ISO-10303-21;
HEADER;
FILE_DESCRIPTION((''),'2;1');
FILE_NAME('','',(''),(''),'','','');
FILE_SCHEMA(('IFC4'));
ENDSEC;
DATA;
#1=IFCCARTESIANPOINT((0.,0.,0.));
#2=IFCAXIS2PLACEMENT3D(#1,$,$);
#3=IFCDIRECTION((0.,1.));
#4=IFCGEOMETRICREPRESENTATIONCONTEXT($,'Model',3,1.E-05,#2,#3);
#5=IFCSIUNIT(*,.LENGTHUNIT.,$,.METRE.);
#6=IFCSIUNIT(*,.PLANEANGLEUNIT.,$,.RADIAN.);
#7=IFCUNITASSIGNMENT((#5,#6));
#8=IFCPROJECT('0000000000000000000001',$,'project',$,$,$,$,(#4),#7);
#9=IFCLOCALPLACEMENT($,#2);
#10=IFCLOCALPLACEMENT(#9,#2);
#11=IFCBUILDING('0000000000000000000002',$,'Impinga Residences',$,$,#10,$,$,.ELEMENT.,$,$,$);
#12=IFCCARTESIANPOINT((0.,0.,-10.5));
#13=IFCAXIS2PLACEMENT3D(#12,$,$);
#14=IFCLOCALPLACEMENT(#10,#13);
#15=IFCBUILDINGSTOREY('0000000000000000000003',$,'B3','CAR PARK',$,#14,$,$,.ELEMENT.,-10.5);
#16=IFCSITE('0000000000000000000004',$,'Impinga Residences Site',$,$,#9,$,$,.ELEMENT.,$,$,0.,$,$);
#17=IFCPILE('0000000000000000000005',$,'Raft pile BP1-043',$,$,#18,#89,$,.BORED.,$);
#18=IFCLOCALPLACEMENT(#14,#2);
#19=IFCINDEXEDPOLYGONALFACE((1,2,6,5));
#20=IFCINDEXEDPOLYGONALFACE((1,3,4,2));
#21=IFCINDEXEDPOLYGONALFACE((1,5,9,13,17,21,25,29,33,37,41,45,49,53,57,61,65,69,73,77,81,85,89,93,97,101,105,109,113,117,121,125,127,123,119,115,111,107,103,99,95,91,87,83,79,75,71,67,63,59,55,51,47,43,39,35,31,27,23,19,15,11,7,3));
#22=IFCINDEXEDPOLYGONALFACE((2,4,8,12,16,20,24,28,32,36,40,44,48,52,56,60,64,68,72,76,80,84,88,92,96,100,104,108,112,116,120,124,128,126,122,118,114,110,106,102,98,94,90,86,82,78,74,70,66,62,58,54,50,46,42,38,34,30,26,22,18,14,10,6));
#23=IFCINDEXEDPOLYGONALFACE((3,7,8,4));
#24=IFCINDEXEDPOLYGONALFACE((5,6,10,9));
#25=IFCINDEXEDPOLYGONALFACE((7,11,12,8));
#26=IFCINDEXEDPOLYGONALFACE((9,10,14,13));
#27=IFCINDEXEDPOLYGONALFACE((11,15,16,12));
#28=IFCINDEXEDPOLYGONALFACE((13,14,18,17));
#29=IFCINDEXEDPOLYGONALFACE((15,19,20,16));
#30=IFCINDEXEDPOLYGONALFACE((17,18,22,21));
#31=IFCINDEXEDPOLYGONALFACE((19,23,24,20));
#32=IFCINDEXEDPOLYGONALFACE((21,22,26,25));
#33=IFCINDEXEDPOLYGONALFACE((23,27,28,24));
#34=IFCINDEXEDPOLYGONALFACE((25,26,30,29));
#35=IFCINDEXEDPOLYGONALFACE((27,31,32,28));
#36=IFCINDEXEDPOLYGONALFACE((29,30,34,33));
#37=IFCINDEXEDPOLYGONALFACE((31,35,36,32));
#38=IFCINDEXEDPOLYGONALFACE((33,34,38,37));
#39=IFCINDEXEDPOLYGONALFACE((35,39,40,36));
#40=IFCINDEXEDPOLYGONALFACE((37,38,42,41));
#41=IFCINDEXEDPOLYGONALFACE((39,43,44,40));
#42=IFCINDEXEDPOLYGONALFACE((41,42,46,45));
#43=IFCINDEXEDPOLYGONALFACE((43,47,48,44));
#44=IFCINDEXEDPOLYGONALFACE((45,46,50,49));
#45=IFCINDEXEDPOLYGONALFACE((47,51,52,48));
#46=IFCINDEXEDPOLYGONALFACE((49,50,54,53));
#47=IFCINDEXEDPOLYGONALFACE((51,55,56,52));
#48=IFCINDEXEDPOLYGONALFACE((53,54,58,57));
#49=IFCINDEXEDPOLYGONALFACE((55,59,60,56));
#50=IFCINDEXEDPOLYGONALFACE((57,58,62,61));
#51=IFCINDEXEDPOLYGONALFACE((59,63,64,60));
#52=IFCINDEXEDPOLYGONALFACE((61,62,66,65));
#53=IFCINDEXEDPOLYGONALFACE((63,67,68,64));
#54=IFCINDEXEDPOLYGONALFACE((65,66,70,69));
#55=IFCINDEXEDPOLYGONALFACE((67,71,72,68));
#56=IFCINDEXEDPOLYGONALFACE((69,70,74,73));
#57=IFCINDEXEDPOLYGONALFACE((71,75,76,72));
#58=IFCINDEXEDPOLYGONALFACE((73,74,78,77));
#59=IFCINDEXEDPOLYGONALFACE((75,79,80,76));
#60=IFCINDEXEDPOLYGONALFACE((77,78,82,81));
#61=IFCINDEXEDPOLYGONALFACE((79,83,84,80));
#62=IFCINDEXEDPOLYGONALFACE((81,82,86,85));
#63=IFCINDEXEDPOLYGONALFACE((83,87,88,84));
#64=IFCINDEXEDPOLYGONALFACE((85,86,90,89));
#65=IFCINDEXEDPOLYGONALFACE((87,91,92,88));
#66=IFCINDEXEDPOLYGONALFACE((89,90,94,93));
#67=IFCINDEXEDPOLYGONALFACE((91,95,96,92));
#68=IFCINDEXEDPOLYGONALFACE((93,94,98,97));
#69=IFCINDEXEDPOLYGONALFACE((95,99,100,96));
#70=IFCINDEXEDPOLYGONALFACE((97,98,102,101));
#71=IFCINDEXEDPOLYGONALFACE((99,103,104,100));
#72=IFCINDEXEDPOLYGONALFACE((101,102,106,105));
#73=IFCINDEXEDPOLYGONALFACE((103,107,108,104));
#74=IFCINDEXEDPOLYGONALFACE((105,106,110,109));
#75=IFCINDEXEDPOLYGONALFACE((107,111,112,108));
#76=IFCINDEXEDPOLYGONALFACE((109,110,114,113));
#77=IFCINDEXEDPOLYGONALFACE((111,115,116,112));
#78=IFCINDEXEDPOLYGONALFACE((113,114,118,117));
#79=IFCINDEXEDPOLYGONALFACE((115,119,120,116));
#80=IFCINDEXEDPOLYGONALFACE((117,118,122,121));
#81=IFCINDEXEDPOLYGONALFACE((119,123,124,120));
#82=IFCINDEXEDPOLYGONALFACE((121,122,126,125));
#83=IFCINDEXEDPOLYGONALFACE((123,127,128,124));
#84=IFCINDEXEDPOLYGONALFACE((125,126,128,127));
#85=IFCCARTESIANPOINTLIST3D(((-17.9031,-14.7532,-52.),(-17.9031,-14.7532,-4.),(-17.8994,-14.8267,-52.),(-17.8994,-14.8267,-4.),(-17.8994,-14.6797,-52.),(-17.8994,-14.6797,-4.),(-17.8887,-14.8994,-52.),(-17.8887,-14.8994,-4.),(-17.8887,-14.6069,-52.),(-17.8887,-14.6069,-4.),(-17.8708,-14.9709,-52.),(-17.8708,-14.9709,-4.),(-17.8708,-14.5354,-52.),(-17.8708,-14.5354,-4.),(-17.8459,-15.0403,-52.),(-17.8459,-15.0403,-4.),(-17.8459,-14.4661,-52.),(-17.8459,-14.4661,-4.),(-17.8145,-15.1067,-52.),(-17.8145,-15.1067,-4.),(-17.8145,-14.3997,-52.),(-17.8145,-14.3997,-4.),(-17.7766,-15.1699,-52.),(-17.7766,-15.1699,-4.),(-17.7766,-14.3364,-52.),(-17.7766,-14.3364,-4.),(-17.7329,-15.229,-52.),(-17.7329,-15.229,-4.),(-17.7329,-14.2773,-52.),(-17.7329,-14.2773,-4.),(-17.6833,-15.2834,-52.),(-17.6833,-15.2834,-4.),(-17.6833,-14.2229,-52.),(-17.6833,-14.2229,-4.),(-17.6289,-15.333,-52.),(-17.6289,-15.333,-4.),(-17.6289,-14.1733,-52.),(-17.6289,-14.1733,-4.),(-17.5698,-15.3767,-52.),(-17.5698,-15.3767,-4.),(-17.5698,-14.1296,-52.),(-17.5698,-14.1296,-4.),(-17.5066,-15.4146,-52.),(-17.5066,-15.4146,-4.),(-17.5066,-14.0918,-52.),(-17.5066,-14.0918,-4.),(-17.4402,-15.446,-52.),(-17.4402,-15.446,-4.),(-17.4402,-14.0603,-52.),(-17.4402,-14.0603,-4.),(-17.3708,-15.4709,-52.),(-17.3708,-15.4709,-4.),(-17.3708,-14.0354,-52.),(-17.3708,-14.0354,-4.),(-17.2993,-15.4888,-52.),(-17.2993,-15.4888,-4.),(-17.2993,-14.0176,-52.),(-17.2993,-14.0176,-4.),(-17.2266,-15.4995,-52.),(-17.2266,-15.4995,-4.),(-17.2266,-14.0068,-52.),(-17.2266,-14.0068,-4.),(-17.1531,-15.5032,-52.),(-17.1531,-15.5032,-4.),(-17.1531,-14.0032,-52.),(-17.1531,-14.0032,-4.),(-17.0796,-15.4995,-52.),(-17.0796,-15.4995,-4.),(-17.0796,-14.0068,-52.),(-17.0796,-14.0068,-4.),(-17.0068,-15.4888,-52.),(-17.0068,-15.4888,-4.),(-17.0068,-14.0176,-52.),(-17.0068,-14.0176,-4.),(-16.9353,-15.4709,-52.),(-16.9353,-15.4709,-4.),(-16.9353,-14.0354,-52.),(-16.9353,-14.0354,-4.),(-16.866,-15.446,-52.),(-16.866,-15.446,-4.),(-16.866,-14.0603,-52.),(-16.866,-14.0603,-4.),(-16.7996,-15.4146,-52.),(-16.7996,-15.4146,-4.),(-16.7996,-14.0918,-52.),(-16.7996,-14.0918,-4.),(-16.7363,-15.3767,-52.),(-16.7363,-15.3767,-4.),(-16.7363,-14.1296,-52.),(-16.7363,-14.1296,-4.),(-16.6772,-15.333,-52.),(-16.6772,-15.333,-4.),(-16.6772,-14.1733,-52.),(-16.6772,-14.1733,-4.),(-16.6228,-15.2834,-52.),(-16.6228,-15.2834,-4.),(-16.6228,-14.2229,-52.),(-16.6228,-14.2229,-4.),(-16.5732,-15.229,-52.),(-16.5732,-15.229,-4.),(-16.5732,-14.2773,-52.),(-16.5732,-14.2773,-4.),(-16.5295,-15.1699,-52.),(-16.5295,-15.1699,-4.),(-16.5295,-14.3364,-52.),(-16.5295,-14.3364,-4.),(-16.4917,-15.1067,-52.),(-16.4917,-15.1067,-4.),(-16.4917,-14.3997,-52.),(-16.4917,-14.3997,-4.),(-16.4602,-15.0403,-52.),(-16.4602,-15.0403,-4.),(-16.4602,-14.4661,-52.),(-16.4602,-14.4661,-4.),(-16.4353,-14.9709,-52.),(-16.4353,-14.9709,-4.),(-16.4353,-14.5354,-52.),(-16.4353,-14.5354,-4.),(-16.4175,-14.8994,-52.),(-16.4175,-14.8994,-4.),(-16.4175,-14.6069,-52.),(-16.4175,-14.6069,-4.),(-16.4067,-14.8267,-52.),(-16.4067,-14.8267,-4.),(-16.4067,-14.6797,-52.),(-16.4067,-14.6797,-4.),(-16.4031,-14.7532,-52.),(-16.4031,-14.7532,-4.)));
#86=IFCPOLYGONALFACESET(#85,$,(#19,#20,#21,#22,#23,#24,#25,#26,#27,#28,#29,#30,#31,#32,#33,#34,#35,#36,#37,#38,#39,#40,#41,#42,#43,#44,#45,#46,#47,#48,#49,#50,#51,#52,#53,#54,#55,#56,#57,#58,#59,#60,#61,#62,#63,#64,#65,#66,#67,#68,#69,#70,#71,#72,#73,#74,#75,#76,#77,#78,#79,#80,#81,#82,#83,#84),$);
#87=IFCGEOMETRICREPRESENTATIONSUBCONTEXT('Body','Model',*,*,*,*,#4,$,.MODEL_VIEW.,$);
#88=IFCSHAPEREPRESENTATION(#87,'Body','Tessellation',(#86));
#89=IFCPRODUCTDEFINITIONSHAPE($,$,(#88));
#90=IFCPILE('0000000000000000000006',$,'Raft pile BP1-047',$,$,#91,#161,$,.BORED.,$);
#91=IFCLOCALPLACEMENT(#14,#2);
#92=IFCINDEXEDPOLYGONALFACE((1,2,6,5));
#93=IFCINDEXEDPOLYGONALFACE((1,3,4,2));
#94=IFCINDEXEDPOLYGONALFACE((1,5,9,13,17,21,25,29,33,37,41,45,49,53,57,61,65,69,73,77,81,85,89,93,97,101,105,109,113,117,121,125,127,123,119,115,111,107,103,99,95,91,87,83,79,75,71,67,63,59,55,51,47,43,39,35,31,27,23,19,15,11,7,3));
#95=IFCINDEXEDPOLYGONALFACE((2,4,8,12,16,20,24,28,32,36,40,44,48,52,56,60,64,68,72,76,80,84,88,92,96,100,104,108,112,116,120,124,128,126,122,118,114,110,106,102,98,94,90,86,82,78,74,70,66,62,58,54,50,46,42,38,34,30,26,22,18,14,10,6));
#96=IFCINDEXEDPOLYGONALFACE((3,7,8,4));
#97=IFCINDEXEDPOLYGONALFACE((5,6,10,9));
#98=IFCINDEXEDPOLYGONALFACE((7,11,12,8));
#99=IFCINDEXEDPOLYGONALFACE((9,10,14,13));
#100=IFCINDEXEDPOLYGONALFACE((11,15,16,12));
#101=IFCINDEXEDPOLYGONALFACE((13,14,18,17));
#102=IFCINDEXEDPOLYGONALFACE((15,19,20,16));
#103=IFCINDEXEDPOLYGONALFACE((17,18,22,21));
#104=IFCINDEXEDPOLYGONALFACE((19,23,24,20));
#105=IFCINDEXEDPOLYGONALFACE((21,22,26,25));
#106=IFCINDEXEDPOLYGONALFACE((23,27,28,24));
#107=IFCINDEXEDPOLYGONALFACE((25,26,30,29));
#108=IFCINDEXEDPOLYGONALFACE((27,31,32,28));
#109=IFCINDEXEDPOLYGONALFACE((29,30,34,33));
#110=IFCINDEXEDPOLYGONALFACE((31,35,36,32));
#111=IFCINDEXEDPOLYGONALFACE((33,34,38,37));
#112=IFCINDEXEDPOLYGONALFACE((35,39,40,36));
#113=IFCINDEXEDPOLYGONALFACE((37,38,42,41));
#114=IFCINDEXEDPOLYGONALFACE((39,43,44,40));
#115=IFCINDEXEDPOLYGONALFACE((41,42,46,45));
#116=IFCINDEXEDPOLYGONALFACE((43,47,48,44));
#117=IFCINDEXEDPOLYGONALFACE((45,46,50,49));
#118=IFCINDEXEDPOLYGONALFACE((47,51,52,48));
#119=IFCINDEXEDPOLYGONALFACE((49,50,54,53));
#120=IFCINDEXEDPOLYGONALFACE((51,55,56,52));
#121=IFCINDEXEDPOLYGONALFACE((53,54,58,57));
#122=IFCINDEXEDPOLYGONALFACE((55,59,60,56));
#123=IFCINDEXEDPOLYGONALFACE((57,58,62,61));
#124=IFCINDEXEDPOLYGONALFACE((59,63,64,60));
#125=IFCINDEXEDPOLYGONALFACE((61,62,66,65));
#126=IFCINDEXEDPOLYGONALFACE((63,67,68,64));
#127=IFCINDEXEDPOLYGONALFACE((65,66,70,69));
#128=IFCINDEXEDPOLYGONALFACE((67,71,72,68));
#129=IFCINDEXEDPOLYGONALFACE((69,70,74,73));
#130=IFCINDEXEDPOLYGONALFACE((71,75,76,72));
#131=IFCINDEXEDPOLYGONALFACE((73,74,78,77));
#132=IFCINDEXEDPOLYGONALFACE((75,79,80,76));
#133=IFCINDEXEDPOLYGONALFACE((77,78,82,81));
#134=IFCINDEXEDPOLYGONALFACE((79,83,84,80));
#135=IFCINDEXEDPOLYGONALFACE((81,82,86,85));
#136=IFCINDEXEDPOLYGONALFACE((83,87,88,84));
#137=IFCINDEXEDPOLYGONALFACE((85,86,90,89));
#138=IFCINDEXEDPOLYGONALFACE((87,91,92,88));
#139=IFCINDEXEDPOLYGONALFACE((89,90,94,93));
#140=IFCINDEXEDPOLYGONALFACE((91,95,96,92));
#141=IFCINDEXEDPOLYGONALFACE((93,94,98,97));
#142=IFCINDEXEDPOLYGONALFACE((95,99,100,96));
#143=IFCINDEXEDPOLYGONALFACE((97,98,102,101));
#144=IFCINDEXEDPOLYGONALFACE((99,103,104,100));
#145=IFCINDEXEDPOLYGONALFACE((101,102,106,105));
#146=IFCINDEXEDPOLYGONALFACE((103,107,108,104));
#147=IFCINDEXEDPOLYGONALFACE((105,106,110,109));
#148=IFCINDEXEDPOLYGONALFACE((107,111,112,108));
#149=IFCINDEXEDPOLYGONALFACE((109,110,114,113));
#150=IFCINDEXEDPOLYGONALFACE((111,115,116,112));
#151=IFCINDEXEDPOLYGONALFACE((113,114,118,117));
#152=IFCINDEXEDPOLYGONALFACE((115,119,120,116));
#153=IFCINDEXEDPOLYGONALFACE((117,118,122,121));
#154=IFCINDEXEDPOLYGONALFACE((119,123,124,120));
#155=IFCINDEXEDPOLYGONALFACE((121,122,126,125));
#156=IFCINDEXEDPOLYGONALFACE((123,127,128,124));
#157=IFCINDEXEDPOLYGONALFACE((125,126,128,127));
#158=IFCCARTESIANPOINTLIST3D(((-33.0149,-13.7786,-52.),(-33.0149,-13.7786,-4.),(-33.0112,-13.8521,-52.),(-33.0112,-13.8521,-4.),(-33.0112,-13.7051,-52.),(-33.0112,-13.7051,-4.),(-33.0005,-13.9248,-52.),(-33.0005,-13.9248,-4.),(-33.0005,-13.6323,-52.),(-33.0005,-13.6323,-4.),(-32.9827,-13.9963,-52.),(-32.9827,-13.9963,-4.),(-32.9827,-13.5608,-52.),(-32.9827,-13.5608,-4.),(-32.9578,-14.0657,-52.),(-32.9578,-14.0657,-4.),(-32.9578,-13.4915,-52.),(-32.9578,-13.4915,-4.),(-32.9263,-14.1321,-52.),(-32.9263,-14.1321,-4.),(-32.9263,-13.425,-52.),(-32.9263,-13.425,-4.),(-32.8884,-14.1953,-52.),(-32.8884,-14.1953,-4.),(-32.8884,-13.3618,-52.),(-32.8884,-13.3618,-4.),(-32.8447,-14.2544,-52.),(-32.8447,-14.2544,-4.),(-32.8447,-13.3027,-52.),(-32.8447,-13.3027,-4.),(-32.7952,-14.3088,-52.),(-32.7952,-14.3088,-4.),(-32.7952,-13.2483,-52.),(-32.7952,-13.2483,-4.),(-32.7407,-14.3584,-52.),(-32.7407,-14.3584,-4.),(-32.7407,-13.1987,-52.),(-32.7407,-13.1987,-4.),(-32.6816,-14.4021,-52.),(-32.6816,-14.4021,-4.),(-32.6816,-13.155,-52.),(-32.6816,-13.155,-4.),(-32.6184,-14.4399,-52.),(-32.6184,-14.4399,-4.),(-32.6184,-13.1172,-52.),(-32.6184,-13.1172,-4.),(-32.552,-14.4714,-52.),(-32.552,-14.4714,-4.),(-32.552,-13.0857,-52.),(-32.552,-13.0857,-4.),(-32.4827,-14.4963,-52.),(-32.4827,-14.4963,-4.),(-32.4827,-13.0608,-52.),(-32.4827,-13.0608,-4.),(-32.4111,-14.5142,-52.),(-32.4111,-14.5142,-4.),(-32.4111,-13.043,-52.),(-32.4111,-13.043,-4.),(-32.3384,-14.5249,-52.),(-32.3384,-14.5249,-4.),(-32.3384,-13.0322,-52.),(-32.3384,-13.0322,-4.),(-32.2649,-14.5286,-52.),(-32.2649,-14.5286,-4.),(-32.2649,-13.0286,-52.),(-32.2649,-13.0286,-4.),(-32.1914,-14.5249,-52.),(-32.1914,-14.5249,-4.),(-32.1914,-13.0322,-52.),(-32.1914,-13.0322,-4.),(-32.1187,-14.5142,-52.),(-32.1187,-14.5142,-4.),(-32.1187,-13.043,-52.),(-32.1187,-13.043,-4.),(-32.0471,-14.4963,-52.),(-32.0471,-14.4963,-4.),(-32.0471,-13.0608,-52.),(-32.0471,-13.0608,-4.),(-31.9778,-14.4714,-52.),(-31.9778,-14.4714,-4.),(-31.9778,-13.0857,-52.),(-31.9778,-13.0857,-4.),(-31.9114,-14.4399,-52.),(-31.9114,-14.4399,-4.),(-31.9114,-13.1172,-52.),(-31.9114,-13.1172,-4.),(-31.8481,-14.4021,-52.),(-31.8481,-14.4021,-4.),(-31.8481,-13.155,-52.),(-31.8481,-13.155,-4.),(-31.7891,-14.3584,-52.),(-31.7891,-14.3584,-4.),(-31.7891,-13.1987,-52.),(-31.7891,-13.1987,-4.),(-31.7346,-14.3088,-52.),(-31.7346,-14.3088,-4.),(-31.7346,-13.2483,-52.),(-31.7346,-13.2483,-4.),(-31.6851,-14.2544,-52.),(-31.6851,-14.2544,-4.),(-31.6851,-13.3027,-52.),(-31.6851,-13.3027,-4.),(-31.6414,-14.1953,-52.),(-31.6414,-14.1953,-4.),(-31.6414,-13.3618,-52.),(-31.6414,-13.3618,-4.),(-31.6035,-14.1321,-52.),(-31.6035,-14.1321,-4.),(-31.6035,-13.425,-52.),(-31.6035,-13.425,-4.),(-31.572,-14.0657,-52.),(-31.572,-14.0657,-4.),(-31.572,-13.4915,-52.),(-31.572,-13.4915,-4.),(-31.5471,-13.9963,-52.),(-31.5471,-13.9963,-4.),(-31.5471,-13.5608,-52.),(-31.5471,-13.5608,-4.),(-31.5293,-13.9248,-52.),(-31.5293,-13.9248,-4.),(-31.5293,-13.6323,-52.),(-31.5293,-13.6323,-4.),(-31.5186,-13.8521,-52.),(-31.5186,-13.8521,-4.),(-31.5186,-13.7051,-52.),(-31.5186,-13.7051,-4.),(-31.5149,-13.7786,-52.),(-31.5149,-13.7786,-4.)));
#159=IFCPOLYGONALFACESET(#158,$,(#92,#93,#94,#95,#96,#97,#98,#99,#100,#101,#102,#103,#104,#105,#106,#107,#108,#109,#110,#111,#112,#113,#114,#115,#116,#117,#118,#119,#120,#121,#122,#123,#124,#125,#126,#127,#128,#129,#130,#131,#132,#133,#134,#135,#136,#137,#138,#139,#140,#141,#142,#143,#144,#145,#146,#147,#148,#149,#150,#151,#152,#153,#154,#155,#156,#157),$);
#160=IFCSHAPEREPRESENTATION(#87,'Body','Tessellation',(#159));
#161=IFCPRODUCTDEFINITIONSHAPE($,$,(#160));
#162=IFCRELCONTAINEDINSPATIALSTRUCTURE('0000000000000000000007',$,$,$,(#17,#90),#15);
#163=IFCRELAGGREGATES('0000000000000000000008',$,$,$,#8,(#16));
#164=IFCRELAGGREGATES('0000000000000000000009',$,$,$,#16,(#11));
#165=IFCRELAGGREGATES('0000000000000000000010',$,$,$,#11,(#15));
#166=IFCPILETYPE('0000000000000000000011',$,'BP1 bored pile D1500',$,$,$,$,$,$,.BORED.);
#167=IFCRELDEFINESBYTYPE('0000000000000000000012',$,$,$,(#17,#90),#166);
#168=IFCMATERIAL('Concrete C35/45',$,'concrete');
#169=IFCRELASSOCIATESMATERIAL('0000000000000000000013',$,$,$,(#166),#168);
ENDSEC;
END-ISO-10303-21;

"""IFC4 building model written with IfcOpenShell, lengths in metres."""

from ifc_helpers import new_model, si_unit, direction, frame, origin, origin_2d, place, context, subcontext, project, spatial, polyline, circle, outline, extrude, material, material_profile, profile_set, type_object, element, save


model = new_model("IFC4")

# Units and contexts
model_context = context("Model", 3, precision=1e-05, world=origin(), true_north=direction((0.0, 1.0)))
body_context = subcontext(model_context, "Body", "Model", "MODEL_VIEW")
ifc_project = project(units=[si_unit("LENGTHUNIT", "METRE"), si_unit("PLANEANGLEUNIT", "RADIAN")], contexts=[model_context])

# Site, building, storey
site_placement = place(None, origin())
site = spatial("IfcSite", under=ifc_project, at=site_placement, Name="Impinga Residences Site", CompositionType="ELEMENT", RefElevation=0.0)
building_placement = place(site_placement, origin())
building = spatial("IfcBuilding", under=site, at=building_placement, Name="Impinga Residences", CompositionType="ELEMENT")
storey_placement = place(building_placement, frame((0.0, 0.0, -10.5)))
storey = spatial("IfcBuildingStorey", under=building, at=storey_placement, Name="B3", Description="CAR PARK", CompositionType="ELEMENT", Elevation=-10.5)

# Piles
ifc_material_1 = material(Name="Concrete C35/45", Category="concrete")
ifc_material_profile_1 = material_profile(ifc_material_1, circle(Radius=0.75, at=origin_2d()), Name="D1500")
ifc_profile_set_1 = profile_set([ifc_material_profile_1], Name="Concrete C35/45")
pile_type_1 = type_object("IfcPileType", Name="BP1 bored pile D1500", PredefinedType="BORED", material=ifc_profile_set_1)
pile_1_placement = place(storey_placement, frame((-17.1531, -14.7532, -4.0), z_axis=(0.0, 0.0, -1.0), x_axis=(1.0, 0.0, 0.0)))
element("IfcPile", 1, at=pile_1_placement, inside=storey, type_object=pile_type_1, Name="Raft pile BP1-043", PredefinedType="BORED", context=body_context, shape_type="SweptSolid", body=[
    extrude(outline(polyline([(0.75, 0.0), (0.7463, 0.0735), (0.7356, 0.1462), (0.7178, 0.2178), (0.6929, 0.2871), (0.6614, 0.3535), (0.6235, 0.4167), (0.5798, 0.4758), (0.5303, 0.5303), (0.4758, 0.5798), (0.4167, 0.6235), (0.3535, 0.6614), (0.2871, 0.6929), (0.2178, 0.7178), (0.1462, 0.7356), (0.0735, 0.7463), (0.0, 0.75), (-0.0735, 0.7463), (-0.1462, 0.7356), (-0.2178, 0.7178), (-0.2871, 0.6929), (-0.3535, 0.6614), (-0.4167, 0.6235), (-0.4758, 0.5798), (-0.5303, 0.5303), (-0.5798, 0.4758), (-0.6235, 0.4167), (-0.6614, 0.3535), (-0.6929, 0.2871), (-0.7178, 0.2178), (-0.7356, 0.1462), (-0.7463, 0.0735), (-0.75, 0.0), (-0.7463, -0.0735), (-0.7356, -0.1462), (-0.7178, -0.2178), (-0.6929, -0.2871), (-0.6614, -0.3535), (-0.6235, -0.4167), (-0.5798, -0.4758), (-0.5303, -0.5303), (-0.4758, -0.5798), (-0.4167, -0.6235), (-0.3535, -0.6614), (-0.2871, -0.6929), (-0.2178, -0.7178), (-0.1462, -0.7356), (-0.0735, -0.7463), (0.0, -0.75), (0.0735, -0.7463), (0.1462, -0.7356), (0.2178, -0.7178), (0.2871, -0.6929), (0.3535, -0.6614), (0.4167, -0.6235), (0.4758, -0.5798), (0.5303, -0.5303), (0.5798, -0.4758), (0.6235, -0.4167), (0.6614, -0.3535), (0.6929, -0.2871), (0.7178, -0.2178), (0.7356, -0.1462), (0.7463, -0.0735), (0.75, 0.0)])), origin(), (0.0, 0.0, 1.0), 48.0),
])
pile_2_placement = place(storey_placement, frame((-32.2649, -13.7786, -4.0), z_axis=(0.0, 0.0, -1.0), x_axis=(1.0, 0.0, 0.0)))
element("IfcPile", 2, at=pile_2_placement, inside=storey, type_object=pile_type_1, Name="Raft pile BP1-047", PredefinedType="BORED", context=body_context, shape_type="SweptSolid", body=[
    extrude(outline(polyline([(0.75, 0.0), (0.7463, 0.0735), (0.7356, 0.1462), (0.7178, 0.2178), (0.6929, 0.2871), (0.6614, 0.3535), (0.6235, 0.4167), (0.5798, 0.4758), (0.5303, 0.5303), (0.4758, 0.5798), (0.4167, 0.6235), (0.3535, 0.6614), (0.2871, 0.6929), (0.2178, 0.7178), (0.1462, 0.7356), (0.0735, 0.7463), (0.0, 0.75), (-0.0735, 0.7463), (-0.1462, 0.7356), (-0.2178, 0.7178), (-0.2871, 0.6929), (-0.3535, 0.6614), (-0.4167, 0.6235), (-0.4758, 0.5798), (-0.5303, 0.5303), (-0.5798, 0.4758), (-0.6235, 0.4167), (-0.6614, 0.3535), (-0.6929, 0.2871), (-0.7178, 0.2178), (-0.7356, 0.1462), (-0.7463, 0.0735), (-0.75, 0.0), (-0.7463, -0.0735), (-0.7356, -0.1462), (-0.7178, -0.2178), (-0.6929, -0.2871), (-0.6614, -0.3535), (-0.6235, -0.4167), (-0.5798, -0.4758), (-0.5303, -0.5303), (-0.4758, -0.5798), (-0.4167, -0.6235), (-0.3535, -0.6614), (-0.2871, -0.6929), (-0.2178, -0.7178), (-0.1462, -0.7356), (-0.0735, -0.7463), (0.0, -0.75), (0.0735, -0.7463), (0.1462, -0.7356), (0.2178, -0.7178), (0.2871, -0.6929), (0.3535, -0.6614), (0.4167, -0.6235), (0.4758, -0.5798), (0.5303, -0.5303), (0.5798, -0.4758), (0.6235, -0.4167), (0.6614, -0.3535), (0.6929, -0.2871), (0.7178, -0.2178), (0.7356, -0.1462), (0.7463, -0.0735), (0.75, 0.0)])), origin(), (0.0, 0.0, 1.0), 48.0),
])

save(model, "model.ifc")
